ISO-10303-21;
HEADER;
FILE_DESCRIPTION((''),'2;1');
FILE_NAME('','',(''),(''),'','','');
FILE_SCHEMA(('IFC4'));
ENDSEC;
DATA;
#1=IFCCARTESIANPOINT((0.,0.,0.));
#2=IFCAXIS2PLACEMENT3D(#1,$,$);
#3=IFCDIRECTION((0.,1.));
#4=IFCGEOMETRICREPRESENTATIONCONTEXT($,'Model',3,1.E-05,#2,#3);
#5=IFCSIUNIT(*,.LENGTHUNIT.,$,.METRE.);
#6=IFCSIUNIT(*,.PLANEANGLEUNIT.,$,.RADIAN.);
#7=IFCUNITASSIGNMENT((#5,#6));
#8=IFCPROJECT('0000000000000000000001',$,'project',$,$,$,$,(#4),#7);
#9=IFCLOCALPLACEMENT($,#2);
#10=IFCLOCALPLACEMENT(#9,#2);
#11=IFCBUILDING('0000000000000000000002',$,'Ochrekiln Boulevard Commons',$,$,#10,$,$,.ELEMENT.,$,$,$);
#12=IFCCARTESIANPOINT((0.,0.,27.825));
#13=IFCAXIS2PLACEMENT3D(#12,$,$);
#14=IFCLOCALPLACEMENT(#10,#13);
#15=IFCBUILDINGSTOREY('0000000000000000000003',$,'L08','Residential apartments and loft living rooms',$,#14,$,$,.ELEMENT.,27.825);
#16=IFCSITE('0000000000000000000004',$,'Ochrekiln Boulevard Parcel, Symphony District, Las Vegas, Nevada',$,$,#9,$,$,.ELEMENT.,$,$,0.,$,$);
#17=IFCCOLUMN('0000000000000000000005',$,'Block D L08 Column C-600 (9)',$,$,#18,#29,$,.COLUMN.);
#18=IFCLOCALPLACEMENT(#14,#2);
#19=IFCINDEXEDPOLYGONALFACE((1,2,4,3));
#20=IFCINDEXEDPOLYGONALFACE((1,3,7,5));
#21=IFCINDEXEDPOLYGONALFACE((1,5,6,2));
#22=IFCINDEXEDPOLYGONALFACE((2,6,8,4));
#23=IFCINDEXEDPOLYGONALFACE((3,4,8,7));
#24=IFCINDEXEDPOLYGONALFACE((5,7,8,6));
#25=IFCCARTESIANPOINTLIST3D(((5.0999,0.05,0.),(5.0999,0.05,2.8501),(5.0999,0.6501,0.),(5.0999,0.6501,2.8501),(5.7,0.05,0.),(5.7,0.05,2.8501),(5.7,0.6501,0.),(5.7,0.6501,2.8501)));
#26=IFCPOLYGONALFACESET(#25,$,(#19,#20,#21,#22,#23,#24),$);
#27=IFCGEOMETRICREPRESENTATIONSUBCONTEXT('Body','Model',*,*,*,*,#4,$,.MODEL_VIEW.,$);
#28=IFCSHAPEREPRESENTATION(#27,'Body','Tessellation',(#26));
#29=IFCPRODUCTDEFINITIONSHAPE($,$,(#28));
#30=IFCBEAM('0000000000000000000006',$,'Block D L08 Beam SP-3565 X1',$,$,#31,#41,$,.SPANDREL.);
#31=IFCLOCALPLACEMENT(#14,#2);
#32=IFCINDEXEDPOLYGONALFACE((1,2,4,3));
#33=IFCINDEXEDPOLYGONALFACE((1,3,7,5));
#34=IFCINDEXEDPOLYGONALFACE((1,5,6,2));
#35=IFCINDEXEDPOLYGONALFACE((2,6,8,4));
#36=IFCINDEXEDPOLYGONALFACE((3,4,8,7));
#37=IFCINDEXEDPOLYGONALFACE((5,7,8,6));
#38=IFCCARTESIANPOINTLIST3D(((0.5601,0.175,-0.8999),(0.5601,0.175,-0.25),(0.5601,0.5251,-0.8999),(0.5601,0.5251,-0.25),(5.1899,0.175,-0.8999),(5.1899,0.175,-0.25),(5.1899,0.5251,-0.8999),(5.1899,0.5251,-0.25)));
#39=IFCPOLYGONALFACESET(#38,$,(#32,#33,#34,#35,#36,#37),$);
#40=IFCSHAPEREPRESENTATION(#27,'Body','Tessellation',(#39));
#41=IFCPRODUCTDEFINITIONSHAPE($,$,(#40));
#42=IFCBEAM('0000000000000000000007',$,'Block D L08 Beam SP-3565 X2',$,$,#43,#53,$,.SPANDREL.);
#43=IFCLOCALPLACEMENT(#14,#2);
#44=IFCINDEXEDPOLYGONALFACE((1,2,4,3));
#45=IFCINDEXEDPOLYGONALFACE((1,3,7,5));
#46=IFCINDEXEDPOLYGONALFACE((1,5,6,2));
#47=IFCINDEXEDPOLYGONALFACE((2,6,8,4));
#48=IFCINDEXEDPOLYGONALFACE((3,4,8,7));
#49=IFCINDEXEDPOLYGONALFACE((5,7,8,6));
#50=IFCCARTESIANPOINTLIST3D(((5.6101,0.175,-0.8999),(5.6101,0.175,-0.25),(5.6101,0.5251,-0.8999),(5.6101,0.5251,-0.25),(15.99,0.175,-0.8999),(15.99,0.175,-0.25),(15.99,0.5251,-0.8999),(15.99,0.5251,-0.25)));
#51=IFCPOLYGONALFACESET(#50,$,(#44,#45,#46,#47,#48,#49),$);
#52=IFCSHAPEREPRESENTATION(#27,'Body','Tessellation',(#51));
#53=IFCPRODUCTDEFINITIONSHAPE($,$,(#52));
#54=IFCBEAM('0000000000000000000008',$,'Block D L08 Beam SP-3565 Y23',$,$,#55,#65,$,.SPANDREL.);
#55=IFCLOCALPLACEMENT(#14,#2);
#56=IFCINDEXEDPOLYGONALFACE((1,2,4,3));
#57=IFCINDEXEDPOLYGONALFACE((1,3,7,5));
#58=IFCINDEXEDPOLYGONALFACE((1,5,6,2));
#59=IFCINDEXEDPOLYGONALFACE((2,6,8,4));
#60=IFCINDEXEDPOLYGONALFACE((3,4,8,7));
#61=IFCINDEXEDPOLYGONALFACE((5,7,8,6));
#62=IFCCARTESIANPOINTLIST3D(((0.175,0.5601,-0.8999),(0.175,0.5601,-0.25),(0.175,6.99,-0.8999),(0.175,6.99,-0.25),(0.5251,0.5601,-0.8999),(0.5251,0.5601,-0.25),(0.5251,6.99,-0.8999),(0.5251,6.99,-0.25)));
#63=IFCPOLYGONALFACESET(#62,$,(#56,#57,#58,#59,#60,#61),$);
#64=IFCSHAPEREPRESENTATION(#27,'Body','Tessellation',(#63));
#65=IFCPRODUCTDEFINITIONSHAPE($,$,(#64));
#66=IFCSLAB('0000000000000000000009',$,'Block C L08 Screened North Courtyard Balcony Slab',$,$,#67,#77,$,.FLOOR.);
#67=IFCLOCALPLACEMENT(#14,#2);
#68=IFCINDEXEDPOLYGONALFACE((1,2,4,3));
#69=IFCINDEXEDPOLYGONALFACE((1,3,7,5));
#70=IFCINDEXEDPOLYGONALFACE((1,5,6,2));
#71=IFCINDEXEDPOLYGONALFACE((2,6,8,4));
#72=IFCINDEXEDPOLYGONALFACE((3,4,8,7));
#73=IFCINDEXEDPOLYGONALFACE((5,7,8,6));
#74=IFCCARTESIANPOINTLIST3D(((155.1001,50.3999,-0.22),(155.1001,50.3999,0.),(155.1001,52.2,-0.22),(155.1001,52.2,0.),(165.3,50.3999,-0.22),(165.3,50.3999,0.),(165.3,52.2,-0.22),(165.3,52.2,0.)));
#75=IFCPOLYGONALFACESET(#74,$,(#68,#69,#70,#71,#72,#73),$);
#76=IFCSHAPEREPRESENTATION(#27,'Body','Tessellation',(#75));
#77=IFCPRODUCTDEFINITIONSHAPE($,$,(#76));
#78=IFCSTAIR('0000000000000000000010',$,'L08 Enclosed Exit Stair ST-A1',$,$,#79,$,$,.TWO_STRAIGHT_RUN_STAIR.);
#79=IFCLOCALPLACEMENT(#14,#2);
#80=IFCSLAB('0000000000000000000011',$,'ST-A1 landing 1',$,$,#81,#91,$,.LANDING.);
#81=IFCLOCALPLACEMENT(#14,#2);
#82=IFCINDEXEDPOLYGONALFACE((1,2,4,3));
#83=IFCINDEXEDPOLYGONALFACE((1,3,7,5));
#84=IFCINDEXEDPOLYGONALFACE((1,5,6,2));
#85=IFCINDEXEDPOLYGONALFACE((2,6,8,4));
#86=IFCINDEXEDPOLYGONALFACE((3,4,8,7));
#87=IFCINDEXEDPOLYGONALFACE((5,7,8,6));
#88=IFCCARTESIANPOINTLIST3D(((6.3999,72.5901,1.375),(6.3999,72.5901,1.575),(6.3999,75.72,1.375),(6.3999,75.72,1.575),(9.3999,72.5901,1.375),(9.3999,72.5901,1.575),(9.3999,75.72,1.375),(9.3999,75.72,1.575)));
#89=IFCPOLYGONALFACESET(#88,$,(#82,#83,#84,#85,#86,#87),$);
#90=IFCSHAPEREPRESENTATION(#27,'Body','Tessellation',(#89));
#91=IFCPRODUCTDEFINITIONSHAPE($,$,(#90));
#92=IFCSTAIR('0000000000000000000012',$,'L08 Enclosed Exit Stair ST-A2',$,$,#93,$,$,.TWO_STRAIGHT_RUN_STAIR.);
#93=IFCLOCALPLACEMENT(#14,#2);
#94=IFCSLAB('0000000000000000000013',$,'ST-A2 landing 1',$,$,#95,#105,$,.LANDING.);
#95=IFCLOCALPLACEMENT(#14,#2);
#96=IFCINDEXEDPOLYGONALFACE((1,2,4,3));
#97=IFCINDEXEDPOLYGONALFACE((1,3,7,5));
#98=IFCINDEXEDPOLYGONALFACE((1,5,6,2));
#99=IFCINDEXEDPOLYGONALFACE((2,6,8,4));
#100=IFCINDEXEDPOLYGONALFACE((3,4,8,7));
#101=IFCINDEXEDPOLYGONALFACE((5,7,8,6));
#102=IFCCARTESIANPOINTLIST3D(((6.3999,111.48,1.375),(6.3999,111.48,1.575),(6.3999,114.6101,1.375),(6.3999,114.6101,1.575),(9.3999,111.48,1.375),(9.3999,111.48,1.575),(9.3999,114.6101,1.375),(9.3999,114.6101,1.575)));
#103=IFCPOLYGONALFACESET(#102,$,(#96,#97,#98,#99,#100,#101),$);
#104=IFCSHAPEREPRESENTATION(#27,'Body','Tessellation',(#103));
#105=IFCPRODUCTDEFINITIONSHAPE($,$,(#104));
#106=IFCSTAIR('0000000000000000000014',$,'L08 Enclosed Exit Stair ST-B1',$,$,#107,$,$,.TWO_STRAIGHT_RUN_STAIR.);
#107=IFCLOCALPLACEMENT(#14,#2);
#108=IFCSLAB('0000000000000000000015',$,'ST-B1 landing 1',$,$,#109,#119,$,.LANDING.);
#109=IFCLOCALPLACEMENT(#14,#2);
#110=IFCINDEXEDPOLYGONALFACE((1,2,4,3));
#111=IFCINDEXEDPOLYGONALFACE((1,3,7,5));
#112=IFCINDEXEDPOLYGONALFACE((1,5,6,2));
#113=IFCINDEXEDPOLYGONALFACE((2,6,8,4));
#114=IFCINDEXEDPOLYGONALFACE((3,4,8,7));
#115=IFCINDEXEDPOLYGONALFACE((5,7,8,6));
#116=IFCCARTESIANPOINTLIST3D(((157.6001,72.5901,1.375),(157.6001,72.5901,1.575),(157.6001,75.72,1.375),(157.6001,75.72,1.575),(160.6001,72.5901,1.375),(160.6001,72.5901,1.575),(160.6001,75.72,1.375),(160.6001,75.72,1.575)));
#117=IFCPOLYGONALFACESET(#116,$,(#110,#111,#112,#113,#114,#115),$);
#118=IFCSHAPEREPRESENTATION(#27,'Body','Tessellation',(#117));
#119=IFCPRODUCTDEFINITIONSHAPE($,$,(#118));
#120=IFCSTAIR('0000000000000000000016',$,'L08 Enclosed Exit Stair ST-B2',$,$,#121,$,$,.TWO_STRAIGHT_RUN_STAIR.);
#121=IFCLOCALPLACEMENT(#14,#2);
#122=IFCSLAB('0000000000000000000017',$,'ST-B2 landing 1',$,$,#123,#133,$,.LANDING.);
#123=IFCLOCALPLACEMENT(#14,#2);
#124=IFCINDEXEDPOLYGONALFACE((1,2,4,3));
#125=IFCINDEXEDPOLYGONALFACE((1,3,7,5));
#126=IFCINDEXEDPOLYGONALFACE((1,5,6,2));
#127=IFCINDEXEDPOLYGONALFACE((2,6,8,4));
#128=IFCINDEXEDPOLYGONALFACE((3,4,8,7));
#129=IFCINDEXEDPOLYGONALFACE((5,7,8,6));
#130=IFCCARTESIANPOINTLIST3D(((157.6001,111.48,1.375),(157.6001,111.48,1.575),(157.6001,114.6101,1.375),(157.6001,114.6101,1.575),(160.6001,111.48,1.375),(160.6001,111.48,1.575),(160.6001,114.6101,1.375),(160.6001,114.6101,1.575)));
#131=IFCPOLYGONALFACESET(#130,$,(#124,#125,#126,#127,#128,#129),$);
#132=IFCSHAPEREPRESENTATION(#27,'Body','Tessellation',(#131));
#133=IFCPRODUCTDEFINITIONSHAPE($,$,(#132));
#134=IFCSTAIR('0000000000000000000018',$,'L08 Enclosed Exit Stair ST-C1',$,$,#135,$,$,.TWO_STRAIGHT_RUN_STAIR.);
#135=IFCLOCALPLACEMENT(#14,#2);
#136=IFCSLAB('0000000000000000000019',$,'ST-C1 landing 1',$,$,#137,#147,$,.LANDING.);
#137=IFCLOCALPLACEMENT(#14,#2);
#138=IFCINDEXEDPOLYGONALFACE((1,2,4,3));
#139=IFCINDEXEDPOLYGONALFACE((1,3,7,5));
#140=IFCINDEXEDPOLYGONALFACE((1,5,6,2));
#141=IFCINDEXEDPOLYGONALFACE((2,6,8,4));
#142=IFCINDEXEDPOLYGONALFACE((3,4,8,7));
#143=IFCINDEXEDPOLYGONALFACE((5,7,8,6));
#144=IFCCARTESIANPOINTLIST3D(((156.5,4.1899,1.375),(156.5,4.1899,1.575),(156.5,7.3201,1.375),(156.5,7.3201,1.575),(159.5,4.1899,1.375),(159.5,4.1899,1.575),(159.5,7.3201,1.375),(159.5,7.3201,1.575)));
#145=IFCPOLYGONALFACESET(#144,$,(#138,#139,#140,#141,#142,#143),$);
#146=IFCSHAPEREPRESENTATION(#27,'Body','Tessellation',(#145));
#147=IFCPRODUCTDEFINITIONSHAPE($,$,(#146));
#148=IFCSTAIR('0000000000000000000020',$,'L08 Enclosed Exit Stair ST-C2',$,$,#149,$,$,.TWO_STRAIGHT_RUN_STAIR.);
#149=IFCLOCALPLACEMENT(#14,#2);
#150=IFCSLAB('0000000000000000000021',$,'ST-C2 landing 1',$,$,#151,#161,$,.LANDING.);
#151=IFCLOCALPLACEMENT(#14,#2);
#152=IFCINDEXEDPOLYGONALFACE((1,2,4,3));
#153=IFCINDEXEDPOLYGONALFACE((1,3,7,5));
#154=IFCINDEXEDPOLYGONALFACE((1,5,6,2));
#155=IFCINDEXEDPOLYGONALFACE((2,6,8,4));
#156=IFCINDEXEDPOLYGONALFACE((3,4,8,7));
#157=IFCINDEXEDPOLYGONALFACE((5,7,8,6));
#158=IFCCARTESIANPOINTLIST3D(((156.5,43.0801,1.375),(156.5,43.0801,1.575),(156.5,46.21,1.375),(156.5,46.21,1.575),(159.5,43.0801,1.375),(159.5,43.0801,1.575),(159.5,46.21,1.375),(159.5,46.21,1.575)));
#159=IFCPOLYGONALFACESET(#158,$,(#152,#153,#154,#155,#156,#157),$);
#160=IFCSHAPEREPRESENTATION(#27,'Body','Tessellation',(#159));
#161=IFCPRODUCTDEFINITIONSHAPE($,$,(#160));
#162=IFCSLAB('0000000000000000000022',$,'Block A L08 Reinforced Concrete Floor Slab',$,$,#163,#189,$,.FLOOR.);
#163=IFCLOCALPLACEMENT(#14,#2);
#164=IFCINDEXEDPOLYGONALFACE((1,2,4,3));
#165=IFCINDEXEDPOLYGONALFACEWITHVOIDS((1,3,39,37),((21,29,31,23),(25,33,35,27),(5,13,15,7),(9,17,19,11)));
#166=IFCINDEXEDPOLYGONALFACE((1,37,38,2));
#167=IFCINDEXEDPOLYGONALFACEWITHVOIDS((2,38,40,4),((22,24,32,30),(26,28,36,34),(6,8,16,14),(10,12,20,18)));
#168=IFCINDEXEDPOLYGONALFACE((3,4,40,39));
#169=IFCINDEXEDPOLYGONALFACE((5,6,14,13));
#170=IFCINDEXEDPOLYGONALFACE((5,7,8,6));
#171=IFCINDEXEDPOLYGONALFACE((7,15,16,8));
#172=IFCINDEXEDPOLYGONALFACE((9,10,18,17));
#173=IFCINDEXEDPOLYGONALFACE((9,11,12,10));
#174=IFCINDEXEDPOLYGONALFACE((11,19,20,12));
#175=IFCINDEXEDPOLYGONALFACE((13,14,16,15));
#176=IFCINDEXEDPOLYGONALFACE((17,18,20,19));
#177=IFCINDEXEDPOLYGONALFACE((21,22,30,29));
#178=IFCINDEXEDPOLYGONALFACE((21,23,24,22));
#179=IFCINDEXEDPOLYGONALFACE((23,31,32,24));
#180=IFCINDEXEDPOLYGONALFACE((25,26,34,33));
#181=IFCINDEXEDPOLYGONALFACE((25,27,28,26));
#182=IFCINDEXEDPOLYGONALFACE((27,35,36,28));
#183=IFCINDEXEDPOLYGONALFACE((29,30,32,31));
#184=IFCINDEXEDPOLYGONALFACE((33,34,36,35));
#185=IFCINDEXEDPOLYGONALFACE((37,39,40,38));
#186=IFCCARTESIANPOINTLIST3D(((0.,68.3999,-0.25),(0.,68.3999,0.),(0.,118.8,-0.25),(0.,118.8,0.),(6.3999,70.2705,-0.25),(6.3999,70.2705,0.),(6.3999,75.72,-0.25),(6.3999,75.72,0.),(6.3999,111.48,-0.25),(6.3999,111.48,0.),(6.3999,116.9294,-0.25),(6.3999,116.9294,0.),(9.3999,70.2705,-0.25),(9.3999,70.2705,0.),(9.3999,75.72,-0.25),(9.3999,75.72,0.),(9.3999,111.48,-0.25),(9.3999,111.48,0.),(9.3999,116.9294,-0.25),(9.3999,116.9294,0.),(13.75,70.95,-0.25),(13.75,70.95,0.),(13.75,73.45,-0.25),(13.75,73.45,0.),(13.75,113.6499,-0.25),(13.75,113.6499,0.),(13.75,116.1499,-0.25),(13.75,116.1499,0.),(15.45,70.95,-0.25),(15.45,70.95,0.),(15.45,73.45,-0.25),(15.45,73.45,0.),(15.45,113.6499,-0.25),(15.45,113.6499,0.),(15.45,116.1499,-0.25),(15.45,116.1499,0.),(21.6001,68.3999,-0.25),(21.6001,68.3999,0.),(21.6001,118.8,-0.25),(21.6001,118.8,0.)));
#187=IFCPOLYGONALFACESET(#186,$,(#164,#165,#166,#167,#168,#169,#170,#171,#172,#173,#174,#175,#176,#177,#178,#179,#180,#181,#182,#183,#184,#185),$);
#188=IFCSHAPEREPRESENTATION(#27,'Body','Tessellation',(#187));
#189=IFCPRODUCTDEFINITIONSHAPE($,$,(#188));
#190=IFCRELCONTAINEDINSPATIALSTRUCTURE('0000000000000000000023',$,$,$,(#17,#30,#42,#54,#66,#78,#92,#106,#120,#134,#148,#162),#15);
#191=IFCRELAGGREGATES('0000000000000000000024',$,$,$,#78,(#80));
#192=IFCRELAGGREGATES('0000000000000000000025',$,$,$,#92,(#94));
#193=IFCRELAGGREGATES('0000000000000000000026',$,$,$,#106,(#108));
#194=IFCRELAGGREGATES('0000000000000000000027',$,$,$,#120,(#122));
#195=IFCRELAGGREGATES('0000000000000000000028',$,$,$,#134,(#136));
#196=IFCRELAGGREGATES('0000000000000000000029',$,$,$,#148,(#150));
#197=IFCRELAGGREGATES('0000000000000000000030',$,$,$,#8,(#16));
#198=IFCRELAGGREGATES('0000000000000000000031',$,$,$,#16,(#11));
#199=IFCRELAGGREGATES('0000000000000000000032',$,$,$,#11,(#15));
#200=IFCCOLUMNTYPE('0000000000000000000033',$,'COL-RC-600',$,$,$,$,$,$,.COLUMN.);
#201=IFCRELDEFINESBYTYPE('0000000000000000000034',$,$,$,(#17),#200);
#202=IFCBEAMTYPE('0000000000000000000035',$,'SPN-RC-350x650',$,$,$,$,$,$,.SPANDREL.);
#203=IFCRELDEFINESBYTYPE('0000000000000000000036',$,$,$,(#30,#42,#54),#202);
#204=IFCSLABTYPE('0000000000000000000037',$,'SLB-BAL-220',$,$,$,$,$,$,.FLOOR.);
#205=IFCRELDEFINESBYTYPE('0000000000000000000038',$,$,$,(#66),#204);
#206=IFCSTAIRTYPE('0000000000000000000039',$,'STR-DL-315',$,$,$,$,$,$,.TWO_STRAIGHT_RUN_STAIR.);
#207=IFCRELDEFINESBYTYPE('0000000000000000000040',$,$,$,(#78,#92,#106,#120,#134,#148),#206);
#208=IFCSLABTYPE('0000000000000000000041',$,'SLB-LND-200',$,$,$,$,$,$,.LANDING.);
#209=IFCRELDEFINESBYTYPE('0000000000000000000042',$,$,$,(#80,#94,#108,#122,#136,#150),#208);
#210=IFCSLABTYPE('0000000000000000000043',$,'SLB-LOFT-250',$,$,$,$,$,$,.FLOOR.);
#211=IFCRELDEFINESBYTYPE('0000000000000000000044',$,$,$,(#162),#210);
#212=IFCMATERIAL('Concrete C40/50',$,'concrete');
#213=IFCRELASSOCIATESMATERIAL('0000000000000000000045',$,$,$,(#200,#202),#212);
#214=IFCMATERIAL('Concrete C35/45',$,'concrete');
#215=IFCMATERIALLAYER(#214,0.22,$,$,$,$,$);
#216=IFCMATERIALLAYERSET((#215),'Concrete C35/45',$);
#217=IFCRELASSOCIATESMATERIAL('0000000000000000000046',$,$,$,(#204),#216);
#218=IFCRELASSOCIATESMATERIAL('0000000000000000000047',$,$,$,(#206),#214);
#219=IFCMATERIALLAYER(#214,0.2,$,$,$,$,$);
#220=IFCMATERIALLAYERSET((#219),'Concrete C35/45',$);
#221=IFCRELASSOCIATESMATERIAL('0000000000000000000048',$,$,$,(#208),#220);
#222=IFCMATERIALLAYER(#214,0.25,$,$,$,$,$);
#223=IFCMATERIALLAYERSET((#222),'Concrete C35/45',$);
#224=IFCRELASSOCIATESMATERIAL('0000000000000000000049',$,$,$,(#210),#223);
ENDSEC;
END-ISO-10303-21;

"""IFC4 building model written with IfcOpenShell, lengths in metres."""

from ifc_helpers import new_model, si_unit, direction, frame, origin, origin_2d, place, context, subcontext, project, spatial, polyline, rectangle, outline, extrude, material, layer, layer_set, material_profile, profile_set, type_object, element, aggregate, save


model = new_model("IFC4")

# Units and contexts
model_context = context("Model", 3, precision=1e-05, world=origin(), true_north=direction((0.0, 1.0)))
body_context = subcontext(model_context, "Body", "Model", "MODEL_VIEW")
ifc_project = project(units=[si_unit("LENGTHUNIT", "METRE"), si_unit("PLANEANGLEUNIT", "RADIAN")], contexts=[model_context])

# Site, building, storey
site_placement = place(None, origin())
site = spatial("IfcSite", under=ifc_project, at=site_placement, Name="Ochrekiln Boulevard Parcel, Symphony District, Las Vegas, Nevada", CompositionType="ELEMENT", RefElevation=0.0)
building_placement = place(site_placement, origin())
building = spatial("IfcBuilding", under=site, at=building_placement, Name="Ochrekiln Boulevard Commons", CompositionType="ELEMENT")
storey_placement = place(building_placement, frame((0.0, 0.0, 27.825)))
storey = spatial("IfcBuildingStorey", under=building, at=storey_placement, Name="L08", Description="Residential apartments and loft living rooms", CompositionType="ELEMENT", Elevation=27.825)

# Column
ifc_material_1 = material(Name="Concrete C40/50", Category="concrete")
ifc_material_profile_1 = material_profile(ifc_material_1, rectangle(XDim=0.6001, YDim=0.6001, at=origin_2d()), Name="RC-COL-600x600")
ifc_profile_set_1 = profile_set([ifc_material_profile_1], Name="Concrete C40/50")
column_type = type_object("IfcColumnType", Name="COL-RC-600", PredefinedType="COLUMN", material=ifc_profile_set_1)
column_placement = place(storey_placement, frame((5.3999, 0.3501, 0.0), z_axis=(0.0, 0.0, 1.0), x_axis=(1.0, 0.0, 0.0)))
element("IfcColumn", 1, at=column_placement, inside=storey, type_object=column_type, Name="Block D L08 Column C-600 (9)", PredefinedType="COLUMN", context=body_context, shape_type="SweptSolid", body=[
    extrude(rectangle(XDim=0.6001, YDim=0.6001, at=origin_2d()), origin(), (0.0, 0.0, 1.0), 2.8501),
])

# Beams
ifc_material_profile_2 = material_profile(ifc_material_1, rectangle(XDim=0.3501, YDim=0.6499, at=origin_2d()), Name="RC-SPN-350x650")
ifc_profile_set_2 = profile_set([ifc_material_profile_2], Name="Concrete C40/50")
beam_type = type_object("IfcBeamType", Name="SPN-RC-350x650", PredefinedType="SPANDREL", material=ifc_profile_set_2)
beam_1_placement = place(storey_placement, frame((0.5601, 0.3501, -0.575), z_axis=(1.0, 0.0, 0.0), x_axis=(0.0, 1.0, 0.0)))
element("IfcBeam", 2, at=beam_1_placement, inside=storey, type_object=beam_type, Name="Block D L08 Beam SP-3565 X1", PredefinedType="SPANDREL", context=body_context, shape_type="SweptSolid", body=[
    extrude(rectangle(XDim=0.3501, YDim=0.6499, at=origin_2d()), origin(), (0.0, 0.0, 1.0), 4.6299),
])
beam_2_placement = place(storey_placement, frame((5.6101, 0.3501, -0.575), z_axis=(1.0, 0.0, 0.0), x_axis=(0.0, 1.0, 0.0)))
element("IfcBeam", 3, at=beam_2_placement, inside=storey, type_object=beam_type, Name="Block D L08 Beam SP-3565 X2", PredefinedType="SPANDREL", context=body_context, shape_type="SweptSolid", body=[
    extrude(rectangle(XDim=0.3501, YDim=0.6499, at=origin_2d()), origin(), (0.0, 0.0, 1.0), 10.3799),
])
beam_3_placement = place(storey_placement, frame((0.3501, 0.5601, -0.575), z_axis=(0.0, 1.0, 0.0), x_axis=(-1.0, 0.0, 0.0)))
element("IfcBeam", 4, at=beam_3_placement, inside=storey, type_object=beam_type, Name="Block D L08 Beam SP-3565 Y23", PredefinedType="SPANDREL", context=body_context, shape_type="SweptSolid", body=[
    extrude(rectangle(XDim=0.3501, YDim=0.6499, at=origin_2d()), origin(), (0.0, 0.0, 1.0), 6.4299),
])

# Slab
ifc_material_2 = material(Name="Concrete C35/45", Category="concrete")
ifc_layer_1 = layer(ifc_material_2, 0.22)
ifc_layer_set_1 = layer_set([ifc_layer_1], Name="Concrete C35/45")
slab_type_1 = type_object("IfcSlabType", Name="SLB-BAL-220", PredefinedType="FLOOR", material=ifc_layer_set_1)
slab_1_placement = place(storey_placement, frame((0.0, 0.0, -0.22)))
element("IfcSlab", 5, at=slab_1_placement, inside=storey, type_object=slab_type_1, Name="Block C L08 Screened North Courtyard Balcony Slab", PredefinedType="FLOOR", context=body_context, shape_type="SweptSolid", body=[
    extrude(outline(polyline([(155.1001, 50.3999), (165.3, 50.3999), (165.3, 52.2), (155.1001, 52.2), (155.1001, 50.3999)])), origin(), (0.0, 0.0, 1.0), 0.22),
])

# Stairs, slabs
stair_type = type_object("IfcStairType", Name="STR-DL-315", PredefinedType="TWO_STRAIGHT_RUN_STAIR", material=ifc_material_2)
stair_1_placement = place(storey_placement, origin())
stair_1 = element("IfcStair", 6, at=stair_1_placement, inside=storey, type_object=stair_type, Name="L08 Enclosed Exit Stair ST-A1", PredefinedType="TWO_STRAIGHT_RUN_STAIR")
ifc_layer_2 = layer(ifc_material_2, 0.2)
ifc_layer_set_2 = layer_set([ifc_layer_2], Name="Concrete C35/45")
slab_type_2 = type_object("IfcSlabType", Name="SLB-LND-200", PredefinedType="LANDING", material=ifc_layer_set_2)
slab_2_placement = place(storey_placement, frame((0.0, 0.0, 1.375)))
slab_2 = element("IfcSlab", 7, at=slab_2_placement, type_object=slab_type_2, Name="ST-A1 landing 1", PredefinedType="LANDING", context=body_context, shape_type="SweptSolid", body=[
    extrude(outline(polyline([(9.3999, 72.5901), (9.3999, 75.72), (6.3999, 75.72), (6.3999, 72.5901), (9.3999, 72.5901)])), origin(), (0.0, 0.0, 1.0), 0.2),
])
aggregate(stair_1, [slab_2])
stair_2_placement = place(storey_placement, origin())
stair_2 = element("IfcStair", 8, at=stair_2_placement, inside=storey, type_object=stair_type, Name="L08 Enclosed Exit Stair ST-A2", PredefinedType="TWO_STRAIGHT_RUN_STAIR")
slab_3_placement = place(storey_placement, frame((0.0, 0.0, 1.375)))
slab_3 = element("IfcSlab", 9, at=slab_3_placement, type_object=slab_type_2, Name="ST-A2 landing 1", PredefinedType="LANDING", context=body_context, shape_type="SweptSolid", body=[
    extrude(outline(polyline([(6.3999, 114.6101), (6.3999, 111.48), (9.3999, 111.48), (9.3999, 114.6101), (6.3999, 114.6101)])), origin(), (0.0, 0.0, 1.0), 0.2),
])
aggregate(stair_2, [slab_3])
stair_3_placement = place(storey_placement, origin())
stair_3 = element("IfcStair", 10, at=stair_3_placement, inside=storey, type_object=stair_type, Name="L08 Enclosed Exit Stair ST-B1", PredefinedType="TWO_STRAIGHT_RUN_STAIR")
slab_4_placement = place(storey_placement, frame((0.0, 0.0, 1.375)))
slab_4 = element("IfcSlab", 11, at=slab_4_placement, type_object=slab_type_2, Name="ST-B1 landing 1", PredefinedType="LANDING", context=body_context, shape_type="SweptSolid", body=[
    extrude(outline(polyline([(160.6001, 72.5901), (160.6001, 75.72), (157.6001, 75.72), (157.6001, 72.5901), (160.6001, 72.5901)])), origin(), (0.0, 0.0, 1.0), 0.2),
])
aggregate(stair_3, [slab_4])
stair_4_placement = place(storey_placement, origin())
stair_4 = element("IfcStair", 12, at=stair_4_placement, inside=storey, type_object=stair_type, Name="L08 Enclosed Exit Stair ST-B2", PredefinedType="TWO_STRAIGHT_RUN_STAIR")
slab_5_placement = place(storey_placement, frame((0.0, 0.0, 1.375)))
slab_5 = element("IfcSlab", 13, at=slab_5_placement, type_object=slab_type_2, Name="ST-B2 landing 1", PredefinedType="LANDING", context=body_context, shape_type="SweptSolid", body=[
    extrude(outline(polyline([(157.6001, 114.6101), (157.6001, 111.48), (160.6001, 111.48), (160.6001, 114.6101), (157.6001, 114.6101)])), origin(), (0.0, 0.0, 1.0), 0.2),
])
aggregate(stair_4, [slab_5])
stair_5_placement = place(storey_placement, origin())
stair_5 = element("IfcStair", 14, at=stair_5_placement, inside=storey, type_object=stair_type, Name="L08 Enclosed Exit Stair ST-C1", PredefinedType="TWO_STRAIGHT_RUN_STAIR")
slab_6_placement = place(storey_placement, frame((0.0, 0.0, 1.375)))
slab_6 = element("IfcSlab", 15, at=slab_6_placement, type_object=slab_type_2, Name="ST-C1 landing 1", PredefinedType="LANDING", context=body_context, shape_type="SweptSolid", body=[
    extrude(outline(polyline([(159.5, 4.1899), (159.5, 7.3201), (156.5, 7.3201), (156.5, 4.1899), (159.5, 4.1899)])), origin(), (0.0, 0.0, 1.0), 0.2),
])
aggregate(stair_5, [slab_6])
stair_6_placement = place(storey_placement, origin())
stair_6 = element("IfcStair", 16, at=stair_6_placement, inside=storey, type_object=stair_type, Name="L08 Enclosed Exit Stair ST-C2", PredefinedType="TWO_STRAIGHT_RUN_STAIR")
slab_7_placement = place(storey_placement, frame((0.0, 0.0, 1.375)))
slab_7 = element("IfcSlab", 17, at=slab_7_placement, type_object=slab_type_2, Name="ST-C2 landing 1", PredefinedType="LANDING", context=body_context, shape_type="SweptSolid", body=[
    extrude(outline(polyline([(156.5, 46.21), (156.5, 43.0801), (159.5, 43.0801), (159.5, 46.21), (156.5, 46.21)])), origin(), (0.0, 0.0, 1.0), 0.2),
])
aggregate(stair_6, [slab_7])

# Slab
ifc_layer_3 = layer(ifc_material_2, 0.25)
ifc_layer_set_3 = layer_set([ifc_layer_3], Name="Concrete C35/45")
slab_type_3 = type_object("IfcSlabType", Name="SLB-LOFT-250", PredefinedType="FLOOR", material=ifc_layer_set_3)
slab_8_placement = place(storey_placement, frame((0.0, 0.0, -0.25)))
element("IfcSlab", 18, at=slab_8_placement, inside=storey, type_object=slab_type_3, Name="Block A L08 Reinforced Concrete Floor Slab", PredefinedType="FLOOR", context=body_context, shape_type="SweptSolid", body=[
    extrude(outline(polyline([(0.0, 68.3999), (21.6001, 68.3999), (21.6001, 118.8), (0.0, 118.8), (0.0, 68.3999)]), holes=[polyline([(9.3999, 70.2705), (9.3999, 75.72), (6.3999, 75.72), (6.3999, 70.2705), (9.3999, 70.2705)]), polyline([(6.3999, 116.9294), (6.3999, 111.48), (9.3999, 111.48), (9.3999, 116.9294), (6.3999, 116.9294)]), polyline([(13.75, 70.95), (15.45, 70.95), (15.45, 73.45), (13.75, 73.45), (13.75, 70.95)]), polyline([(13.75, 113.6499), (15.45, 113.6499), (15.45, 116.1499), (13.75, 116.1499), (13.75, 113.6499)])]), origin(), (0.0, 0.0, 1.0), 0.25),
])

save(model, "model.ifc")
